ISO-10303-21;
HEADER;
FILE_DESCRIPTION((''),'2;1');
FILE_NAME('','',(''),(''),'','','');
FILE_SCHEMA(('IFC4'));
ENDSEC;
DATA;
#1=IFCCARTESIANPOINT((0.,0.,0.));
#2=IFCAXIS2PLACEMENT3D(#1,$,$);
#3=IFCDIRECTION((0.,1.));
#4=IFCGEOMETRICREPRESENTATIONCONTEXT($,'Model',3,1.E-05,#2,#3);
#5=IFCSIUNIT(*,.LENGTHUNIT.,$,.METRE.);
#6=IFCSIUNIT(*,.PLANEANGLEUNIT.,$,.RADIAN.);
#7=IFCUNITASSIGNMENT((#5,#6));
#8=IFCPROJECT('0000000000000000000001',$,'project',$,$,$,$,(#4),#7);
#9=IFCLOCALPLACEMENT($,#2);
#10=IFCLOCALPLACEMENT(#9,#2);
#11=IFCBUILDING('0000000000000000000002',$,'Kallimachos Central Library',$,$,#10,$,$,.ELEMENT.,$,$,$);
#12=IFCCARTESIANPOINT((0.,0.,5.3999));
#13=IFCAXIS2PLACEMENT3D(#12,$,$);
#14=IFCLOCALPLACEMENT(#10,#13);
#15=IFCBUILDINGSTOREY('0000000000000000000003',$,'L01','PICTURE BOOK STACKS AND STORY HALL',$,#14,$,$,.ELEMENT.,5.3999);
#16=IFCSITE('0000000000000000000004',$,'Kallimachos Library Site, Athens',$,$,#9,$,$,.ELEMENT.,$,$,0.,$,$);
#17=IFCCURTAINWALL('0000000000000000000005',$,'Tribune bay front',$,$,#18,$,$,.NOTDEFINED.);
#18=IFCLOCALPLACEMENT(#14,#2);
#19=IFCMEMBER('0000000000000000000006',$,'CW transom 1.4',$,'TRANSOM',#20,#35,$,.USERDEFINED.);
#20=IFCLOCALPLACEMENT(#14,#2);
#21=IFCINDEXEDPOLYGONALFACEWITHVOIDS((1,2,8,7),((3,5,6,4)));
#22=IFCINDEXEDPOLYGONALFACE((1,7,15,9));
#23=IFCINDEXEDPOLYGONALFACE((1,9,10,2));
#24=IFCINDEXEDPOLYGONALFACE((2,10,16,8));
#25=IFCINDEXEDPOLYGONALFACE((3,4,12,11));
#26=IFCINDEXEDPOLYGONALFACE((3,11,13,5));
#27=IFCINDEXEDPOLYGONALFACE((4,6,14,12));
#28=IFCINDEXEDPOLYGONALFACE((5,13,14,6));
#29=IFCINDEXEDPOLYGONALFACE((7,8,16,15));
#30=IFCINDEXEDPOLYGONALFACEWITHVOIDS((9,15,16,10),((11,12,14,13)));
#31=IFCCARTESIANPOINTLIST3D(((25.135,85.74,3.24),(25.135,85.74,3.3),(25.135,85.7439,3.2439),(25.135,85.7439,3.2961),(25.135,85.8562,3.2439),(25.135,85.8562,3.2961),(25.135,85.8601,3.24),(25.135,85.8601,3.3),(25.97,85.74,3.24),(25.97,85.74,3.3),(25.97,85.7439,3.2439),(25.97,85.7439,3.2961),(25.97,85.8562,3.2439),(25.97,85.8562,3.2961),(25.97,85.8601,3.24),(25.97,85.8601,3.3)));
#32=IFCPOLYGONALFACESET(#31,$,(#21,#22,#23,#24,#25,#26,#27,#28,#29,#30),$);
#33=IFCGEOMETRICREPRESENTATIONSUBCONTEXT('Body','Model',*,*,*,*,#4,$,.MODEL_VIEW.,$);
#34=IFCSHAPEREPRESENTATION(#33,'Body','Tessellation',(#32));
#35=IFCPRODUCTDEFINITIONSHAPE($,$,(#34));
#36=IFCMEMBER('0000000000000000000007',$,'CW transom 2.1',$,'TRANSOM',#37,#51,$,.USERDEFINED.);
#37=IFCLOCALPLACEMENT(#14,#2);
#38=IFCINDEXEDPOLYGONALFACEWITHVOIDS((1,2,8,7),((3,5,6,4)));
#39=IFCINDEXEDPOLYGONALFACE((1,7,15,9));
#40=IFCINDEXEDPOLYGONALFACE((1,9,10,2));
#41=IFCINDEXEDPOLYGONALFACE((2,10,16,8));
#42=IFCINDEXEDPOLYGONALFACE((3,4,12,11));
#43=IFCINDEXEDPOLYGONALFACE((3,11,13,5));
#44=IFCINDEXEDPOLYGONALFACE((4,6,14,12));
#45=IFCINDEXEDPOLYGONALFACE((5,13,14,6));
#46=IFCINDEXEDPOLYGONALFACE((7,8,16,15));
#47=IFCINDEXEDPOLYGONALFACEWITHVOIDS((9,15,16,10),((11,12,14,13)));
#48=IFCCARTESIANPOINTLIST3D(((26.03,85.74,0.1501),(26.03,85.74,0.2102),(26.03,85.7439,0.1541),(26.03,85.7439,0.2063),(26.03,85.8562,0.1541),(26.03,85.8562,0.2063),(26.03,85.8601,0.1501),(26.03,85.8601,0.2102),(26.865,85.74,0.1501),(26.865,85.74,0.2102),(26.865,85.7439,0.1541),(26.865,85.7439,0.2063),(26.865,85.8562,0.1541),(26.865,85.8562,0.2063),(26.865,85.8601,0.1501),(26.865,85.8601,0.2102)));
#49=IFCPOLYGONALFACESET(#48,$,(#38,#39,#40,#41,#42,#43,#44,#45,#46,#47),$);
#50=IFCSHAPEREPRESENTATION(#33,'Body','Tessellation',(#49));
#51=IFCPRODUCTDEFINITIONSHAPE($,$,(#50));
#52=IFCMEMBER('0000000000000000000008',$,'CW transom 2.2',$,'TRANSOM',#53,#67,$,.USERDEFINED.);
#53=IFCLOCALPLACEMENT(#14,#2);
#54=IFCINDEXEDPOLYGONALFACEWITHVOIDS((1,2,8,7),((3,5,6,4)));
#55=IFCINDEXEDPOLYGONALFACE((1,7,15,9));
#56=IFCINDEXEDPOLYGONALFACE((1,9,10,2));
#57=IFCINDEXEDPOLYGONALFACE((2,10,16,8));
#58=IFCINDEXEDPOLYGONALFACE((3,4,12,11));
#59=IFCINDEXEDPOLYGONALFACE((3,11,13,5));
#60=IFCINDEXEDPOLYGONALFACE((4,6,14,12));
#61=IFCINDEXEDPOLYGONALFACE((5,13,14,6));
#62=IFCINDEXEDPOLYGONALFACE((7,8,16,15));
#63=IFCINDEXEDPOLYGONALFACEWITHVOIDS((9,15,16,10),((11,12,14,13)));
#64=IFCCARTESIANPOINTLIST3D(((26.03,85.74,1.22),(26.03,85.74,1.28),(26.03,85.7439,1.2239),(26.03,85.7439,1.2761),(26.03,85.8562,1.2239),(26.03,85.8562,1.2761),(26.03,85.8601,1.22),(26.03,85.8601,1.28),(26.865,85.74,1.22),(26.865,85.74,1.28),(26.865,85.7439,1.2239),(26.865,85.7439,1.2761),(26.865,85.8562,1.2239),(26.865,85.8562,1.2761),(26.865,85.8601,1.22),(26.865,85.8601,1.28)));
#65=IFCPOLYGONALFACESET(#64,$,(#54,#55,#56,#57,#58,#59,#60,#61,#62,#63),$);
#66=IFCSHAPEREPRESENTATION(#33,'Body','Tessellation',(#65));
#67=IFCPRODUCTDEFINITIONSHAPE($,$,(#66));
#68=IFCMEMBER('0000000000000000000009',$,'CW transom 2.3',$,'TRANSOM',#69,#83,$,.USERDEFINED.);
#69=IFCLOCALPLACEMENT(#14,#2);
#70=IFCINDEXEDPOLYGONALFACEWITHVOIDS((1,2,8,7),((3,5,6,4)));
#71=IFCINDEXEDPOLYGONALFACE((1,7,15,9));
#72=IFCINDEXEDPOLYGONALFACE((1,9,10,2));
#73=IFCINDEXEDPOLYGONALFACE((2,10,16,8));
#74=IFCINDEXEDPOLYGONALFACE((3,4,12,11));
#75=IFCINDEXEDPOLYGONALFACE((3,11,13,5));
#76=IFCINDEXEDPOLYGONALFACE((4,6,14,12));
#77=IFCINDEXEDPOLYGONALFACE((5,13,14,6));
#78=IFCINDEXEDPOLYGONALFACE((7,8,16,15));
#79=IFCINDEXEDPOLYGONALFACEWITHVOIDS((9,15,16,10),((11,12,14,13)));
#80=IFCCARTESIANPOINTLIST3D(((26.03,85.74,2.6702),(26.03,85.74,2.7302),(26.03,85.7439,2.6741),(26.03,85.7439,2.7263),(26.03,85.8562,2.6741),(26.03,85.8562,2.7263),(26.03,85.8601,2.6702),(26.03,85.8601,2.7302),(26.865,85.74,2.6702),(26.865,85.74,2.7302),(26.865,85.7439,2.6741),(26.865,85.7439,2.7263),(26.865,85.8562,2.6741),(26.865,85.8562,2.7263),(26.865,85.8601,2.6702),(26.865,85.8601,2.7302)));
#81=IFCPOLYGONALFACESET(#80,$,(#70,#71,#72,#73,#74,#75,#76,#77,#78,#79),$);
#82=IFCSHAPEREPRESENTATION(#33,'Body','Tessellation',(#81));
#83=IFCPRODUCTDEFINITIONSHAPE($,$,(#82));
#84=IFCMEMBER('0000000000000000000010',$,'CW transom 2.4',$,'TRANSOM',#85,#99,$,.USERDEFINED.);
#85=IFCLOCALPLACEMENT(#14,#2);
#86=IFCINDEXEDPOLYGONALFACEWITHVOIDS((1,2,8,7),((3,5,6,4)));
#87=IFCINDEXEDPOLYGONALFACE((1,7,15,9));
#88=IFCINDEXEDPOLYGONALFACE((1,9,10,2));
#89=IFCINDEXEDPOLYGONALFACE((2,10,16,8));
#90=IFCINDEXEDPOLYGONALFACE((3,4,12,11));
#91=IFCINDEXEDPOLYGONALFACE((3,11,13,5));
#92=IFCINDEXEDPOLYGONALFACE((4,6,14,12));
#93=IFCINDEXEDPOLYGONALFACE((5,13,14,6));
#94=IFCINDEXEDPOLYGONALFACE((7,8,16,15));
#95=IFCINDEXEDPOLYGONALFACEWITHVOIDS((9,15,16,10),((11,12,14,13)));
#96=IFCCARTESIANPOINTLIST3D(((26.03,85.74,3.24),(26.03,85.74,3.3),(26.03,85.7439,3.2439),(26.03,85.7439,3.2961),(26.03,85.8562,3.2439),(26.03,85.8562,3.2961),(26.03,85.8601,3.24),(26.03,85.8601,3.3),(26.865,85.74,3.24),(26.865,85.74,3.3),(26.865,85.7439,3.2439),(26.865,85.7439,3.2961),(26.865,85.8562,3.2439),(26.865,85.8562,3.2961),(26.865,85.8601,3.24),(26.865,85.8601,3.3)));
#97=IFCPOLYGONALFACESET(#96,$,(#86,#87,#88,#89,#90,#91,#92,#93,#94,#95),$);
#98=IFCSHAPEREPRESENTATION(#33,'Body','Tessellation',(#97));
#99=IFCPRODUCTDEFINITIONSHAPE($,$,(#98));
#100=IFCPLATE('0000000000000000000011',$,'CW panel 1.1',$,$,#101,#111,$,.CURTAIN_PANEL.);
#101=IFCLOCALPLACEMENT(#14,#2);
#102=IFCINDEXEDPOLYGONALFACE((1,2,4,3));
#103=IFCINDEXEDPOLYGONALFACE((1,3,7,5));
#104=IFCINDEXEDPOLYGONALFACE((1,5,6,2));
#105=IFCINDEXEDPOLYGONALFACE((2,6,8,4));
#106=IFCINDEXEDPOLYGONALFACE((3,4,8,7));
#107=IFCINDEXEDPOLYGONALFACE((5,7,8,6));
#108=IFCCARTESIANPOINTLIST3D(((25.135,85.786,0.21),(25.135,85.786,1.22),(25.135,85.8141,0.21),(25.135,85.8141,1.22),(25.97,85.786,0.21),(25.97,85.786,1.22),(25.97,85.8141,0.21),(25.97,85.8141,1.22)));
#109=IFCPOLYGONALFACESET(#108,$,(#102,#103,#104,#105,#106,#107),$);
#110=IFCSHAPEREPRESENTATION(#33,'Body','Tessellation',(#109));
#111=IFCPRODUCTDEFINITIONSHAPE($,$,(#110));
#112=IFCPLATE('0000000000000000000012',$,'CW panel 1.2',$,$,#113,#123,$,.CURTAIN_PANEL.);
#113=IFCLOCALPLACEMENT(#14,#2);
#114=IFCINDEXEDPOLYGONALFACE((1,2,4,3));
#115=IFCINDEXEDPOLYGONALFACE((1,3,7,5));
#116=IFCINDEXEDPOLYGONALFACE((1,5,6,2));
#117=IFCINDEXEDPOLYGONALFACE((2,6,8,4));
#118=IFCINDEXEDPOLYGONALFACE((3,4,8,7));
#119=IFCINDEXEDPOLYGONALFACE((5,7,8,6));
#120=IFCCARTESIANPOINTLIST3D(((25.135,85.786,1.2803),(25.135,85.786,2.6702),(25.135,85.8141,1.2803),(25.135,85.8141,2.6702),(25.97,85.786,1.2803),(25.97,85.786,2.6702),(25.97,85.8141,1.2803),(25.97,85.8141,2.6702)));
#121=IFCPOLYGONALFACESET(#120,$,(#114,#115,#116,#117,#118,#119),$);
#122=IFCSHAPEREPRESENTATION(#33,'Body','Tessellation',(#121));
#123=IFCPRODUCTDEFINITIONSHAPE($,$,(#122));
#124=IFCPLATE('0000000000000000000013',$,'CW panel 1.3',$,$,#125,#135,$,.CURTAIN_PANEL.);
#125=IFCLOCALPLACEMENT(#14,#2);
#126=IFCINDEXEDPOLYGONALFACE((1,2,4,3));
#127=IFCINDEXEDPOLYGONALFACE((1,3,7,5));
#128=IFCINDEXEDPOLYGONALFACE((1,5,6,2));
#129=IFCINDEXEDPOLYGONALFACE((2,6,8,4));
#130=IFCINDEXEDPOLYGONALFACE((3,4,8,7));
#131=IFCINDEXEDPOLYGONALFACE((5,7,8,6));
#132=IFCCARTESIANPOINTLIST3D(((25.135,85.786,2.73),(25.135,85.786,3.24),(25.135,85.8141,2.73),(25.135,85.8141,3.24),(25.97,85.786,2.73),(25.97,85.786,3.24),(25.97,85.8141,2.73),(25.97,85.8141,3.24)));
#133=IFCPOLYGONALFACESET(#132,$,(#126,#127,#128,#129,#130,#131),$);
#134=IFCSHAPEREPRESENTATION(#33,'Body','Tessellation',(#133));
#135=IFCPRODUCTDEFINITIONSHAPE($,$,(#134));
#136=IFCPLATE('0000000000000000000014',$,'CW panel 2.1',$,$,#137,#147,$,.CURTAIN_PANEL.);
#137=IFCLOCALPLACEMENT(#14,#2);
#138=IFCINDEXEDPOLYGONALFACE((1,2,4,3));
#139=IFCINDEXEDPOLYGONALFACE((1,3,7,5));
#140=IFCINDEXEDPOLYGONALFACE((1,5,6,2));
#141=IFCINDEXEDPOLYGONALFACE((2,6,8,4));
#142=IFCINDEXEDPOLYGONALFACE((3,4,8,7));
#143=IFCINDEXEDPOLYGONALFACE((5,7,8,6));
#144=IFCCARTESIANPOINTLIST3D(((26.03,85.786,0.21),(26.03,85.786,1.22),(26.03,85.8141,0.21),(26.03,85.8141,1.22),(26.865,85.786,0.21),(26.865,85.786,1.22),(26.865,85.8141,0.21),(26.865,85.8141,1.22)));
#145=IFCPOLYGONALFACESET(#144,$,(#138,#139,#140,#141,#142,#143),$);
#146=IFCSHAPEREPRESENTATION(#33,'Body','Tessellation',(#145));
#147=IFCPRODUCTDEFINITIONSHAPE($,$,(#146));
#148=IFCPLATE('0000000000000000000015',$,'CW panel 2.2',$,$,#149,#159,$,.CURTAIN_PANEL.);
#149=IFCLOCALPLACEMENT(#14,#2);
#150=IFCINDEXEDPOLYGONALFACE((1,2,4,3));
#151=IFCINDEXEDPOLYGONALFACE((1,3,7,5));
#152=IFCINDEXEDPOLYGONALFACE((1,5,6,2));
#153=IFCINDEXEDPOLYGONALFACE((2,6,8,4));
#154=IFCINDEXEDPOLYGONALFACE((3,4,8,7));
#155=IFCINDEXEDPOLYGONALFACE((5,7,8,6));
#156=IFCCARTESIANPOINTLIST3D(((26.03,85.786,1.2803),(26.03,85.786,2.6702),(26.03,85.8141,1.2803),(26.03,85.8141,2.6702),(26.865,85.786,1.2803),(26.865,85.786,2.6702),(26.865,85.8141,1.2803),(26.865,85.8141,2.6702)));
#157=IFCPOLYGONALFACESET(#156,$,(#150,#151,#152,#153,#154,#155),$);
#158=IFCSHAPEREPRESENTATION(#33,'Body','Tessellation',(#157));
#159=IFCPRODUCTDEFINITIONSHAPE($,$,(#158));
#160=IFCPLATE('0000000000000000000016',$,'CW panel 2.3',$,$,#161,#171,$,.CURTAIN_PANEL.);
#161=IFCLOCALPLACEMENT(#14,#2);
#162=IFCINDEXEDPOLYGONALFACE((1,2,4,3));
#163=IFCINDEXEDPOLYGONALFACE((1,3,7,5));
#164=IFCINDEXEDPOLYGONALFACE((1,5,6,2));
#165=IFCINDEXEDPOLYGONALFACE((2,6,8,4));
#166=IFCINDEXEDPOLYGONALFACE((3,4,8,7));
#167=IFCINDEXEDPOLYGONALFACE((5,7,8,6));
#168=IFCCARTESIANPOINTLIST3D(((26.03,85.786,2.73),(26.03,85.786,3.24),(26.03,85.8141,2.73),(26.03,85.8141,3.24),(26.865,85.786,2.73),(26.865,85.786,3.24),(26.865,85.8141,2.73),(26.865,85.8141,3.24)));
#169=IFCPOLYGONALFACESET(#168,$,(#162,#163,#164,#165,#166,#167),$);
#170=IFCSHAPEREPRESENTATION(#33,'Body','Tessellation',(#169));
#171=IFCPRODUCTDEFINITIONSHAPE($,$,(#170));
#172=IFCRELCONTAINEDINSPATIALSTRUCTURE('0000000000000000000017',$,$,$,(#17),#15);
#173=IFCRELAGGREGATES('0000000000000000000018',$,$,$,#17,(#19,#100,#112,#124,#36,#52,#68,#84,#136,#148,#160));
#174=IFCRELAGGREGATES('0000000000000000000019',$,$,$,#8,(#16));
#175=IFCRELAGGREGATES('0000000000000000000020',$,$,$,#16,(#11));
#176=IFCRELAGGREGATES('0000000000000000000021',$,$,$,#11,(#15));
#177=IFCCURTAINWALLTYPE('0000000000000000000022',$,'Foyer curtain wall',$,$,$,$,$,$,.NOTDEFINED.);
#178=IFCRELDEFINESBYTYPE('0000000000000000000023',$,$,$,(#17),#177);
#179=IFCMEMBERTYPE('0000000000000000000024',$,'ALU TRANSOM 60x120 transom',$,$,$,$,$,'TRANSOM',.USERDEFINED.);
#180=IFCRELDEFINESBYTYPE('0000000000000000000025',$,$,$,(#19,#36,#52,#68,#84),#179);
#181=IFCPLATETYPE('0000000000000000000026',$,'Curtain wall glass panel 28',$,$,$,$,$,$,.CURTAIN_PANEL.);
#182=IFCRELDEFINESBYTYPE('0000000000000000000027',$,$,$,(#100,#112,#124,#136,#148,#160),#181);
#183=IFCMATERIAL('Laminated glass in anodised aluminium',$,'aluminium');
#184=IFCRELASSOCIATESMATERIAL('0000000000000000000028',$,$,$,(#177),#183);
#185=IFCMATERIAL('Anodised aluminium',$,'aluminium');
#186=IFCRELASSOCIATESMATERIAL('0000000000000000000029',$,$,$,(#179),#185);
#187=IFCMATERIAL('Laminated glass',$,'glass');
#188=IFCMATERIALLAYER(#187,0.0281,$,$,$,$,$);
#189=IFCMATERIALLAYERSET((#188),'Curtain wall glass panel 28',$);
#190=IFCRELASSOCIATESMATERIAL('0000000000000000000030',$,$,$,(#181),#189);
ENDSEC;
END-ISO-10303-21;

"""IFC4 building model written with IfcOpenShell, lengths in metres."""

from ifc_helpers import new_model, si_unit, direction, frame, origin, origin_2d, place, context, subcontext, project, spatial, rectangle, hollow_rectangle, extrude, material, layer, layer_set, material_profile, profile_set, type_object, element, aggregate, save


model = new_model("IFC4")

# Units and contexts
model_context = context("Model", 3, precision=1e-05, world=origin(), true_north=direction((0.0, 1.0)))
body_context = subcontext(model_context, "Body", "Model", "MODEL_VIEW")
ifc_project = project(units=[si_unit("LENGTHUNIT", "METRE"), si_unit("PLANEANGLEUNIT", "RADIAN")], contexts=[model_context])

# Site, building, storey
site_placement = place(None, origin())
site = spatial("IfcSite", under=ifc_project, at=site_placement, Name="Kallimachos Library Site, Athens", CompositionType="ELEMENT", RefElevation=0.0)
building_placement = place(site_placement, origin())
building = spatial("IfcBuilding", under=site, at=building_placement, Name="Kallimachos Central Library", CompositionType="ELEMENT")
storey_placement = place(building_placement, frame((0.0, 0.0, 5.3999)))
storey = spatial("IfcBuildingStorey", under=building, at=storey_placement, Name="L01", Description="PICTURE BOOK STACKS AND STORY HALL", CompositionType="ELEMENT", Elevation=5.3999)

# Shared definitions
ifc_material_1 = material(Name="Laminated glass in anodised aluminium", Category="aluminium")
curtain_wall_type = type_object("IfcCurtainWallType", Name="Foyer curtain wall", PredefinedType="NOTDEFINED", material=ifc_material_1)

# Curtain wall
curtain_wall_1_placement = place(storey_placement, origin())
curtain_wall_1 = element("IfcCurtainWall", 1, at=curtain_wall_1_placement, inside=storey, type_object=curtain_wall_type, Name="Tribune bay front", PredefinedType="NOTDEFINED")

# Members
ifc_material_2 = material(Name="Anodised aluminium", Category="aluminium")
ifc_material_profile_1 = material_profile(ifc_material_2, hollow_rectangle(XDim=0.0601, YDim=0.1201, WallThickness=0.0039, at=origin_2d()), Name="ALU TRANSOM 60x120")
ifc_profile_set_1 = profile_set([ifc_material_profile_1], Name="Anodised aluminium")
member_type_1 = type_object("IfcMemberType", Name="ALU TRANSOM 60x120 transom", ElementType="TRANSOM", PredefinedType="USERDEFINED", material=ifc_profile_set_1)
member_1_placement = place(storey_placement, frame((25.135, 85.8, 3.27), z_axis=(1.0, 0.0, 0.0), x_axis=(0.0, 0.0, 1.0)))
member_1 = element("IfcMember", 2, at=member_1_placement, type_object=member_type_1, Name="CW transom 1.4", ObjectType="TRANSOM", PredefinedType="USERDEFINED", context=body_context, shape_type="SweptSolid", body=[
    extrude(hollow_rectangle(XDim=0.0601, YDim=0.1201, WallThickness=0.0039, at=origin_2d()), origin(), (0.0, 0.0, 1.0), 0.835),
])
member_2_placement = place(storey_placement, frame((26.03, 85.8, 0.1802), z_axis=(1.0, 0.0, 0.0), x_axis=(0.0, 0.0, 1.0)))
member_2 = element("IfcMember", 3, at=member_2_placement, type_object=member_type_1, Name="CW transom 2.1", ObjectType="TRANSOM", PredefinedType="USERDEFINED", context=body_context, shape_type="SweptSolid", body=[
    extrude(hollow_rectangle(XDim=0.0601, YDim=0.1201, WallThickness=0.0039, at=origin_2d()), origin(), (0.0, 0.0, 1.0), 0.835),
])
member_3_placement = place(storey_placement, frame((26.03, 85.8, 1.25), z_axis=(1.0, 0.0, 0.0), x_axis=(0.0, 0.0, 1.0)))
member_3 = element("IfcMember", 4, at=member_3_placement, type_object=member_type_1, Name="CW transom 2.2", ObjectType="TRANSOM", PredefinedType="USERDEFINED", context=body_context, shape_type="SweptSolid", body=[
    extrude(hollow_rectangle(XDim=0.0601, YDim=0.1201, WallThickness=0.0039, at=origin_2d()), origin(), (0.0, 0.0, 1.0), 0.835),
])
member_4_placement = place(storey_placement, frame((26.03, 85.8, 2.7002), z_axis=(1.0, 0.0, 0.0), x_axis=(0.0, 0.0, 1.0)))
member_4 = element("IfcMember", 5, at=member_4_placement, type_object=member_type_1, Name="CW transom 2.3", ObjectType="TRANSOM", PredefinedType="USERDEFINED", context=body_context, shape_type="SweptSolid", body=[
    extrude(hollow_rectangle(XDim=0.0601, YDim=0.1201, WallThickness=0.0039, at=origin_2d()), origin(), (0.0, 0.0, 1.0), 0.835),
])
member_5_placement = place(storey_placement, frame((26.03, 85.8, 3.27), z_axis=(1.0, 0.0, 0.0), x_axis=(0.0, 0.0, 1.0)))
member_5 = element("IfcMember", 6, at=member_5_placement, type_object=member_type_1, Name="CW transom 2.4", ObjectType="TRANSOM", PredefinedType="USERDEFINED", context=body_context, shape_type="SweptSolid", body=[
    extrude(hollow_rectangle(XDim=0.0601, YDim=0.1201, WallThickness=0.0039, at=origin_2d()), origin(), (0.0, 0.0, 1.0), 0.835),
])

# Plates
ifc_material_3 = material(Name="Laminated glass", Category="glass")
ifc_layer = layer(ifc_material_3, 0.0281)
ifc_layer_set = layer_set([ifc_layer], Name="Curtain wall glass panel 28")
plate_type = type_object("IfcPlateType", Name="Curtain wall glass panel 28", PredefinedType="CURTAIN_PANEL", material=ifc_layer_set)
plate_1_placement = place(storey_placement, frame((25.5525, 85.8, 0.21), z_axis=(0.0, 0.0, 1.0), x_axis=(1.0, 0.0, 0.0)))
plate_1 = element("IfcPlate", 7, at=plate_1_placement, type_object=plate_type, Name="CW panel 1.1", PredefinedType="CURTAIN_PANEL", context=body_context, shape_type="SweptSolid", body=[
    extrude(rectangle(XDim=0.835, YDim=0.0281, at=origin_2d()), origin(), (0.0, 0.0, 1.0), 1.01),
])
plate_2_placement = place(storey_placement, frame((25.5525, 85.8, 1.2803), z_axis=(0.0, 0.0, 1.0), x_axis=(1.0, 0.0, 0.0)))
plate_2 = element("IfcPlate", 8, at=plate_2_placement, type_object=plate_type, Name="CW panel 1.2", PredefinedType="CURTAIN_PANEL", context=body_context, shape_type="SweptSolid", body=[
    extrude(rectangle(XDim=0.835, YDim=0.0281, at=origin_2d()), origin(), (0.0, 0.0, 1.0), 1.3899),
])
plate_3_placement = place(storey_placement, frame((25.5525, 85.8, 2.73), z_axis=(0.0, 0.0, 1.0), x_axis=(1.0, 0.0, 0.0)))
plate_3 = element("IfcPlate", 9, at=plate_3_placement, type_object=plate_type, Name="CW panel 1.3", PredefinedType="CURTAIN_PANEL", context=body_context, shape_type="SweptSolid", body=[
    extrude(rectangle(XDim=0.835, YDim=0.0281, at=origin_2d()), origin(), (0.0, 0.0, 1.0), 0.51),
])
plate_4_placement = place(storey_placement, frame((26.4475, 85.8, 0.21), z_axis=(0.0, 0.0, 1.0), x_axis=(1.0, 0.0, 0.0)))
plate_4 = element("IfcPlate", 10, at=plate_4_placement, type_object=plate_type, Name="CW panel 2.1", PredefinedType="CURTAIN_PANEL", context=body_context, shape_type="SweptSolid", body=[
    extrude(rectangle(XDim=0.835, YDim=0.0281, at=origin_2d()), origin(), (0.0, 0.0, 1.0), 1.01),
])
plate_5_placement = place(storey_placement, frame((26.4475, 85.8, 1.2803), z_axis=(0.0, 0.0, 1.0), x_axis=(1.0, 0.0, 0.0)))
plate_5 = element("IfcPlate", 11, at=plate_5_placement, type_object=plate_type, Name="CW panel 2.2", PredefinedType="CURTAIN_PANEL", context=body_context, shape_type="SweptSolid", body=[
    extrude(rectangle(XDim=0.835, YDim=0.0281, at=origin_2d()), origin(), (0.0, 0.0, 1.0), 1.3899),
])
plate_6_placement = place(storey_placement, frame((26.4475, 85.8, 2.73), z_axis=(0.0, 0.0, 1.0), x_axis=(1.0, 0.0, 0.0)))
plate_6 = element("IfcPlate", 12, at=plate_6_placement, type_object=plate_type, Name="CW panel 2.3", PredefinedType="CURTAIN_PANEL", context=body_context, shape_type="SweptSolid", body=[
    extrude(rectangle(XDim=0.835, YDim=0.0281, at=origin_2d()), origin(), (0.0, 0.0, 1.0), 0.51),
])
aggregate(curtain_wall_1, [member_1, plate_1, plate_2, plate_3, member_2, member_3, member_4, member_5, plate_4, plate_5, plate_6])

save(model, "model.ifc")
